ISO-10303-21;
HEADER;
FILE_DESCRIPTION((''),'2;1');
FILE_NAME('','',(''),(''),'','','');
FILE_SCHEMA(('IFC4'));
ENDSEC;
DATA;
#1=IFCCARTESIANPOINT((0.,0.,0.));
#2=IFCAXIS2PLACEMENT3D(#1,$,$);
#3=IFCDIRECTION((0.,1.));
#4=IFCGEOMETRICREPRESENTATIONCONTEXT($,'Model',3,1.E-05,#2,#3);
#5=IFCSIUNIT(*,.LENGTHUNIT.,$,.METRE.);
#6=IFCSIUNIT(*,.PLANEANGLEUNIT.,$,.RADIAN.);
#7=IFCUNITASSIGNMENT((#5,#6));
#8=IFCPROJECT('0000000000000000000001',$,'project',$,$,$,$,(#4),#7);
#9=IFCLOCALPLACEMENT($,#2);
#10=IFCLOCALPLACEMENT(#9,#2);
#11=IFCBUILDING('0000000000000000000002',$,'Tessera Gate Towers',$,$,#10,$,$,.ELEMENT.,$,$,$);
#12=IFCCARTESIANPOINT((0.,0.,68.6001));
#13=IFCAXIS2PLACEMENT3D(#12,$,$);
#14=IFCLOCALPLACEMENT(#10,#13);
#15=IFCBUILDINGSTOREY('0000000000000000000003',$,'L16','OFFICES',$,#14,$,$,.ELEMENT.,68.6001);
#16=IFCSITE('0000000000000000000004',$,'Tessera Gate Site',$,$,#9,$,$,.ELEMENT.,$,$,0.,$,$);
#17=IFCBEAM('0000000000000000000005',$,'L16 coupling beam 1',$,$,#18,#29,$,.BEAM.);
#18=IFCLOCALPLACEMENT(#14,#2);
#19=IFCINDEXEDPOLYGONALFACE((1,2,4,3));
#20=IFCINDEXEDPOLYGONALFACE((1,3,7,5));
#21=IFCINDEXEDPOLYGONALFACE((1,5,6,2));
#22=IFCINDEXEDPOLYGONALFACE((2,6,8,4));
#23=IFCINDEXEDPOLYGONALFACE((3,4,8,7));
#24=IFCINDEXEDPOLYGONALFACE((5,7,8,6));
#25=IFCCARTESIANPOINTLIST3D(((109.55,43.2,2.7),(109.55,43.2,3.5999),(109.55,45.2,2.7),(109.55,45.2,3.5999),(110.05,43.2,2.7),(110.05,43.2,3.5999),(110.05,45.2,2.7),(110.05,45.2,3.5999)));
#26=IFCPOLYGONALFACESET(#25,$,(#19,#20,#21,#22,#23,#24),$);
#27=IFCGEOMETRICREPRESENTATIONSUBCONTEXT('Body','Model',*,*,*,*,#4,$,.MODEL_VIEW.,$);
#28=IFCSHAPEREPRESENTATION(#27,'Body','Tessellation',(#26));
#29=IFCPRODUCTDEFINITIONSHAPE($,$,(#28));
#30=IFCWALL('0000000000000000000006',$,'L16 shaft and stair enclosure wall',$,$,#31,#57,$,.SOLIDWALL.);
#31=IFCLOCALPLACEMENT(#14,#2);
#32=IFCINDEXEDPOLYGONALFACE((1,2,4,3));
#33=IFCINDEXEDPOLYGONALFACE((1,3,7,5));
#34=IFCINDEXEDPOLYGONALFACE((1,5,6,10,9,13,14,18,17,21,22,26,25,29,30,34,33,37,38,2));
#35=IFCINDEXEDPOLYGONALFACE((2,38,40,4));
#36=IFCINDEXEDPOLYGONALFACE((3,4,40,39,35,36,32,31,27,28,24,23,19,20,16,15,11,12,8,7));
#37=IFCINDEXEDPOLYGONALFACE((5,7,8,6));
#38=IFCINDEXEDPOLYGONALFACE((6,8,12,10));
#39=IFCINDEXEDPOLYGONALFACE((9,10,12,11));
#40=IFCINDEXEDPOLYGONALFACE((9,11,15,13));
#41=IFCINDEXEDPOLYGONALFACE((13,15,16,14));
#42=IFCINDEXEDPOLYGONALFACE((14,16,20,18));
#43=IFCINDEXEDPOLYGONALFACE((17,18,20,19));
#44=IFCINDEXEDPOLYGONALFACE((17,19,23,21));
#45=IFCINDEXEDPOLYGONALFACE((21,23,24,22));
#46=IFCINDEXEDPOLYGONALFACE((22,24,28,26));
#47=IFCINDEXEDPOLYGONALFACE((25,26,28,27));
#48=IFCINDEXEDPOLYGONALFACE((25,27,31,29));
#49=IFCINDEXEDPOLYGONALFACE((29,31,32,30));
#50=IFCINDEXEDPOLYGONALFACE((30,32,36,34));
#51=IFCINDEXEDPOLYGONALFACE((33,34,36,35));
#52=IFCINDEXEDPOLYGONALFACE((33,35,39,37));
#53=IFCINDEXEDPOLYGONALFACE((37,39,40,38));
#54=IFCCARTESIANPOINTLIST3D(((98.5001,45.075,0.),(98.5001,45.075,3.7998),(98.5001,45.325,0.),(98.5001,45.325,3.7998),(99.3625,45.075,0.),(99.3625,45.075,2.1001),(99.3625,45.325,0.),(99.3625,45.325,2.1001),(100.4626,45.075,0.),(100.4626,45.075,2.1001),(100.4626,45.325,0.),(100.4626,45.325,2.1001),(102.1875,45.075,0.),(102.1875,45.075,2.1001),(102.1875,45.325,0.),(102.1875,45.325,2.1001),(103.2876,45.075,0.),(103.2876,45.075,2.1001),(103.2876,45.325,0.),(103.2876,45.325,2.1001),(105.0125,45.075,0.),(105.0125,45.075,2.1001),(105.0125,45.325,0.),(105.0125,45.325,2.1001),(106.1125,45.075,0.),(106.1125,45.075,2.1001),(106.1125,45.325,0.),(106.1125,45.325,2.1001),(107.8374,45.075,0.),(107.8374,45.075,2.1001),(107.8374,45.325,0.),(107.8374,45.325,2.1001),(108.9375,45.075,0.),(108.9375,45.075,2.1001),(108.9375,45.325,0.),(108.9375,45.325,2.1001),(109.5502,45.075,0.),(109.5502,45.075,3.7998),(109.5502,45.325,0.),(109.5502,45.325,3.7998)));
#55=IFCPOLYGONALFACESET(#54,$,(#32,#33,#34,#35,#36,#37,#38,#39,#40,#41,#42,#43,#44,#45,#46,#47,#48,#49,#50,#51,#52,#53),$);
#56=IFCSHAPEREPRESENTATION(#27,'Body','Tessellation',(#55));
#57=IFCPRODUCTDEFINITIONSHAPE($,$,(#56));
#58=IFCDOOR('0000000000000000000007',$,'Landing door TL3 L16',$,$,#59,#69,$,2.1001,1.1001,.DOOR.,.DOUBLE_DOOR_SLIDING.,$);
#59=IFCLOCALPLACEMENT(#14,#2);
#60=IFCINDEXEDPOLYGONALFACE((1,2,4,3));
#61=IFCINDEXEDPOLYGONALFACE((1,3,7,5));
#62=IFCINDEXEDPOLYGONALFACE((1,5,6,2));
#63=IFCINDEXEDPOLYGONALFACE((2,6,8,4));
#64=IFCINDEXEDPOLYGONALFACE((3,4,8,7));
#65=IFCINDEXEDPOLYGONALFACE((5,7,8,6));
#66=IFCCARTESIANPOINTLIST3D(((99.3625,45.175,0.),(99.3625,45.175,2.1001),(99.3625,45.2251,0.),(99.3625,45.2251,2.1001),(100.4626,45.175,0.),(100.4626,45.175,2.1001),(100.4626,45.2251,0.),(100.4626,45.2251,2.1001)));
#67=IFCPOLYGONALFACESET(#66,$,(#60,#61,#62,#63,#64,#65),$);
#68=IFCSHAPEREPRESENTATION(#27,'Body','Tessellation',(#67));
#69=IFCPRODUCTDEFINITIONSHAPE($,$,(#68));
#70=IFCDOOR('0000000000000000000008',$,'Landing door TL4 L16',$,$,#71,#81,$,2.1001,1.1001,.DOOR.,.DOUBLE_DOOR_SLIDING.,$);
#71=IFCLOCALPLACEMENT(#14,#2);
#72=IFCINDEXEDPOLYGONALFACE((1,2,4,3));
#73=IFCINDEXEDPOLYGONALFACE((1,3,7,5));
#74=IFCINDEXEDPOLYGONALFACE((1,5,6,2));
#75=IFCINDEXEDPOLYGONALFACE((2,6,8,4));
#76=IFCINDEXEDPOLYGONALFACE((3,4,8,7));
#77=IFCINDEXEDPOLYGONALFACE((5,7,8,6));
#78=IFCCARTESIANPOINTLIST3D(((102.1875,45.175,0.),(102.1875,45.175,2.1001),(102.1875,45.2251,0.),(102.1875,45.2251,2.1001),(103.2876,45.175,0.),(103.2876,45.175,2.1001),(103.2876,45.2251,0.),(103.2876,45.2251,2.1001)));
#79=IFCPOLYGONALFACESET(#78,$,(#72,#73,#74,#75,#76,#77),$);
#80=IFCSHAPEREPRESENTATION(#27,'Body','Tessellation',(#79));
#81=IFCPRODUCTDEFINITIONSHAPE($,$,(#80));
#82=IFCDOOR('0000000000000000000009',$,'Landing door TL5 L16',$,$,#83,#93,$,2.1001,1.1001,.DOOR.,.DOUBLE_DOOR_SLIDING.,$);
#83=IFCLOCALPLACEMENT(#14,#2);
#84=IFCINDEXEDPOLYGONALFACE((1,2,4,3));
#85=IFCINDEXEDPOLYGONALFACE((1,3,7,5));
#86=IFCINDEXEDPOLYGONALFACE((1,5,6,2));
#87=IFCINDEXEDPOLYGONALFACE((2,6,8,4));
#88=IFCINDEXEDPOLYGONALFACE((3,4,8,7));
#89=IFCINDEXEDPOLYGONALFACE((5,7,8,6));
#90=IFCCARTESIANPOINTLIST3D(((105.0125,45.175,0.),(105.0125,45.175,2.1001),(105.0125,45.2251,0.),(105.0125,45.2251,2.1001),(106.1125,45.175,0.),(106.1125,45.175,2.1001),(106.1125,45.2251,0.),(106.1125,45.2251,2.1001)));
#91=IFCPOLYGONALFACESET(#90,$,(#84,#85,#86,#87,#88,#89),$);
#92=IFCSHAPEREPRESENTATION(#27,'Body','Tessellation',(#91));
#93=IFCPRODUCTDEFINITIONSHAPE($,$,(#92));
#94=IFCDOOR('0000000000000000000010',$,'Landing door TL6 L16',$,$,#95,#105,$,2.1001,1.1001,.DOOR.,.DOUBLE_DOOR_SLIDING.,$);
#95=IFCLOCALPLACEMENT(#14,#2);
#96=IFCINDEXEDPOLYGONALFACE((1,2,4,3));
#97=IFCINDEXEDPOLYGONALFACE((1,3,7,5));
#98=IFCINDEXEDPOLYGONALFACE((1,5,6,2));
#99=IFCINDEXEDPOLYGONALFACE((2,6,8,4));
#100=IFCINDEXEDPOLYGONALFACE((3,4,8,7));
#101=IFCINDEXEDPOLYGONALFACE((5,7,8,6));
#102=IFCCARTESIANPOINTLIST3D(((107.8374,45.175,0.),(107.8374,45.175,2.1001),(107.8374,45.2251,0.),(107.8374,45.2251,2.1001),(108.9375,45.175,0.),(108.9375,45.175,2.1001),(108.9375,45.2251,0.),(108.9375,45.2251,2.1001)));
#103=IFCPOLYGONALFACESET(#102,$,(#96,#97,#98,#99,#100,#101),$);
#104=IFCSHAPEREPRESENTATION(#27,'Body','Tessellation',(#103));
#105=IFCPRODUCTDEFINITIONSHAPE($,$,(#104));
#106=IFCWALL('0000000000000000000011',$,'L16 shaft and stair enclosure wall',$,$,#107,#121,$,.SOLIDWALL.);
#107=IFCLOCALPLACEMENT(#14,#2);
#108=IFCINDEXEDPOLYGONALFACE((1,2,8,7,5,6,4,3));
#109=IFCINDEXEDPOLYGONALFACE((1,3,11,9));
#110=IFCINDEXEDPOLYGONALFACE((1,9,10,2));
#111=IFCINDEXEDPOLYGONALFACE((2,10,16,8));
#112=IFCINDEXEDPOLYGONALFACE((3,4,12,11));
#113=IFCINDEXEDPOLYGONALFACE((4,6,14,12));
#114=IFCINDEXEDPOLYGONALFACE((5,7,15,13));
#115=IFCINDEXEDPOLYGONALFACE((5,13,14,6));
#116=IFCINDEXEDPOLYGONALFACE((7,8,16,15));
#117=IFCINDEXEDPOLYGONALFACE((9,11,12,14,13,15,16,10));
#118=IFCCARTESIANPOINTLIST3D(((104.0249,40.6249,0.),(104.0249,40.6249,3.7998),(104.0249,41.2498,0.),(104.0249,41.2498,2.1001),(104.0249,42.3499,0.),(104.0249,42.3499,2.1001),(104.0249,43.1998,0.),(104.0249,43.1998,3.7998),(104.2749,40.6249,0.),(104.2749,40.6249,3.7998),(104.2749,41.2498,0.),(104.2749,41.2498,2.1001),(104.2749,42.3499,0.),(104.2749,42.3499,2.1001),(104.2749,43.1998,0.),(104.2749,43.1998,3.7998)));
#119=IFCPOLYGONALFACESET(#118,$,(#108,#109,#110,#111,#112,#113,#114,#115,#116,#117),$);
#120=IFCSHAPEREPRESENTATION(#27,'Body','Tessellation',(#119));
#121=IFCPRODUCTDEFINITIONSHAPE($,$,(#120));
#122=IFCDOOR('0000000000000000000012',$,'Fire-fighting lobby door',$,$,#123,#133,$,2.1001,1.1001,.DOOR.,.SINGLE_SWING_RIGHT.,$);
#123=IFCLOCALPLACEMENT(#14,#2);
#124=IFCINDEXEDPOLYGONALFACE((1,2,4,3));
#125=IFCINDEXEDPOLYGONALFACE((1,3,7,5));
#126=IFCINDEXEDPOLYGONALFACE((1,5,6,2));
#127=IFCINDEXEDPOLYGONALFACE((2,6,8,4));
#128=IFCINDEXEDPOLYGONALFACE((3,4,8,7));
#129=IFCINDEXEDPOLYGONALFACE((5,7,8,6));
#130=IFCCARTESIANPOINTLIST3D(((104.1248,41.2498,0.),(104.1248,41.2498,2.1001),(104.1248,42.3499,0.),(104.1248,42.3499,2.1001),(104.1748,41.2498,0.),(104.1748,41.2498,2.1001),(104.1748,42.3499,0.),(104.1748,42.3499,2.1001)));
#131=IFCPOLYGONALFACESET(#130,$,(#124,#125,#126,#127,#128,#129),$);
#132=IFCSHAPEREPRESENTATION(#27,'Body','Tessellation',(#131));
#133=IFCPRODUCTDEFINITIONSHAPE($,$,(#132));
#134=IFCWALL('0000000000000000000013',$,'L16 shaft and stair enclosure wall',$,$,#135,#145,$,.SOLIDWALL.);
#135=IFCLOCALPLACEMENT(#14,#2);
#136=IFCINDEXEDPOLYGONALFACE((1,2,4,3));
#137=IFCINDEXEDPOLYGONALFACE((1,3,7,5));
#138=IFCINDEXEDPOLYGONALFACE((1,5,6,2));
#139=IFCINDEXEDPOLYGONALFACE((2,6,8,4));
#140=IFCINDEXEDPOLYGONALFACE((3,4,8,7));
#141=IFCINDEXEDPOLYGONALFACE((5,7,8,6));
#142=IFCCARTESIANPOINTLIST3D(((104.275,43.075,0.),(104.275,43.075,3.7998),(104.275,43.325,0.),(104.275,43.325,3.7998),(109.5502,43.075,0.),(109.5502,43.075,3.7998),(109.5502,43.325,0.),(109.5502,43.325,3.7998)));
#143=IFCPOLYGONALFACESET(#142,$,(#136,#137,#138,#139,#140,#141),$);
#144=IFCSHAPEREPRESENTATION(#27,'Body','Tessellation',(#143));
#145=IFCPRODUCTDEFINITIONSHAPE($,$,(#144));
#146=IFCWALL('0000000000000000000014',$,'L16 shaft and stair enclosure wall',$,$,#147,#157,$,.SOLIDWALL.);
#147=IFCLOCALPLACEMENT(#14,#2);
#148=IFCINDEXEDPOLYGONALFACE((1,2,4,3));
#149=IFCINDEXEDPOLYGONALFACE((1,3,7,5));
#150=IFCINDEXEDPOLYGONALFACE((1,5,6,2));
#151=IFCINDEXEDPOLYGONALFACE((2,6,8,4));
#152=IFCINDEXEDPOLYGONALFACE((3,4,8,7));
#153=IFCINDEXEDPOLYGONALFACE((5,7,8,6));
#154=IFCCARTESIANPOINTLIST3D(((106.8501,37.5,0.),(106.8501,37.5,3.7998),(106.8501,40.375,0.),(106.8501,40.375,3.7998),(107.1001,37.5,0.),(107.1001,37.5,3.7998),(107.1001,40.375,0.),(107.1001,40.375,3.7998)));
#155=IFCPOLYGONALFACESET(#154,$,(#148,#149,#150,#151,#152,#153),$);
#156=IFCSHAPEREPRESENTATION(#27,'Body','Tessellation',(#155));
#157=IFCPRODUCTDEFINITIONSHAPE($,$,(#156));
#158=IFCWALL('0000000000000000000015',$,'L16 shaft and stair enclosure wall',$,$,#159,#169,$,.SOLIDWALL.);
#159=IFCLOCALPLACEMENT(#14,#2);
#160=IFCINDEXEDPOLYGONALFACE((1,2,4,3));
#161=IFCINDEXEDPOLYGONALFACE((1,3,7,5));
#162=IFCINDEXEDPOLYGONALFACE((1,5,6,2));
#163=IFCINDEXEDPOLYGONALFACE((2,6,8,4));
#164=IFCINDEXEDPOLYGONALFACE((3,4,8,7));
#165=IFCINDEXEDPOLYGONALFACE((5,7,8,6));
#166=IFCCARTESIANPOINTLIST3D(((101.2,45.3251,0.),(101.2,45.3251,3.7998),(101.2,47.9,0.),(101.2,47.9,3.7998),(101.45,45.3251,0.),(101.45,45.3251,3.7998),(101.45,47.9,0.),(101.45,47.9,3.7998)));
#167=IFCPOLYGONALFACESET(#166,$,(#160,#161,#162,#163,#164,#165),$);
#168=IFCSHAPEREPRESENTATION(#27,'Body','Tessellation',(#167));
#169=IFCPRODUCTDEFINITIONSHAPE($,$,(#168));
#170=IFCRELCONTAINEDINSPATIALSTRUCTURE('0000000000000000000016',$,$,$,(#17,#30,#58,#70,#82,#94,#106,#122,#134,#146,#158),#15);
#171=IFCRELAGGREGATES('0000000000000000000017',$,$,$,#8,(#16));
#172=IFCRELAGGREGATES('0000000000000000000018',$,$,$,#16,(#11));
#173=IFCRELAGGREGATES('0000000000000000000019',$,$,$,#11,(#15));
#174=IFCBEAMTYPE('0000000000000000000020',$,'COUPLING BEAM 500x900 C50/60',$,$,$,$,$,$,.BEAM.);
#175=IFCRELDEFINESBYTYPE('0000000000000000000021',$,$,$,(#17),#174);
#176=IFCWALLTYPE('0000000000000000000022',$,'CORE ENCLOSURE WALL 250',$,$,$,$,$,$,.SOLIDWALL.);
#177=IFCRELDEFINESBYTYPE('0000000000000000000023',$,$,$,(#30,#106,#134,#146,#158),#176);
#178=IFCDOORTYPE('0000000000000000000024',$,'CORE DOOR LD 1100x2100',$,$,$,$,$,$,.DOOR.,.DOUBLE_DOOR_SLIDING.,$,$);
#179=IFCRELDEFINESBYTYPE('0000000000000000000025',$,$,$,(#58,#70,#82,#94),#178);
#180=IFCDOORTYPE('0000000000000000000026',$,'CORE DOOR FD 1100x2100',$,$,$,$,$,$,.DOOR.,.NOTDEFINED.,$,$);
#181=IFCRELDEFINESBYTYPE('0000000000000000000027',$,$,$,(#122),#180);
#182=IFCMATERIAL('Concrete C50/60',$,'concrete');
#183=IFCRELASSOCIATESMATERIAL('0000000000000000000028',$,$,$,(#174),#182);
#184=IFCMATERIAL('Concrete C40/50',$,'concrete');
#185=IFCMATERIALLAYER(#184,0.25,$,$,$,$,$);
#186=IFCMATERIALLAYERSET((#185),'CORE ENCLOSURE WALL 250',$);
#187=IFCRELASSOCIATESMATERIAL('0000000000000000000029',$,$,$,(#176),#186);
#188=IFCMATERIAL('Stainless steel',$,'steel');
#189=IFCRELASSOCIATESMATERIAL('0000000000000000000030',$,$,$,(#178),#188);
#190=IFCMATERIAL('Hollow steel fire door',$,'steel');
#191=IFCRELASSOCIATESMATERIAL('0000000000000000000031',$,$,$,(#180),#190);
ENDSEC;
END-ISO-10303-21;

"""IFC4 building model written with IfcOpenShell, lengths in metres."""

from ifc_helpers import new_model, si_unit, direction, frame, frame_2d, origin, origin_2d, place, context, subcontext, project, spatial, rectangle, extrude, source, transform, mapped, material, layer, layer_set, material_profile, profile_set, type_object, element, fill, save


model = new_model("IFC4")

# Units and contexts
model_context = context("Model", 3, precision=1e-05, world=origin(), true_north=direction((0.0, 1.0)))
body_context = subcontext(model_context, "Body", "Model", "MODEL_VIEW")
ifc_project = project(units=[si_unit("LENGTHUNIT", "METRE"), si_unit("PLANEANGLEUNIT", "RADIAN")], contexts=[model_context])

# Site, building, storey
site_placement = place(None, origin())
site = spatial("IfcSite", under=ifc_project, at=site_placement, Name="Tessera Gate Site", CompositionType="ELEMENT", RefElevation=0.0)
building_placement = place(site_placement, origin())
building = spatial("IfcBuilding", under=site, at=building_placement, Name="Tessera Gate Towers", CompositionType="ELEMENT")
storey_placement = place(building_placement, frame((0.0, 0.0, 68.6001)))
storey = spatial("IfcBuildingStorey", under=building, at=storey_placement, Name="L16", Description="OFFICES", CompositionType="ELEMENT", Elevation=68.6001)

# Beam
ifc_material_1 = material(Name="Concrete C50/60", Category="concrete")
ifc_material_profile = material_profile(ifc_material_1, rectangle(XDim=0.5, YDim=0.8999, at=origin_2d()), Name="RC 500x900")
ifc_profile_set = profile_set([ifc_material_profile], Name="Concrete C50/60")
beam_type = type_object("IfcBeamType", Name="COUPLING BEAM 500x900 C50/60", PredefinedType="BEAM", material=ifc_profile_set)
beam_placement = place(storey_placement, frame((109.8, 43.2, 3.1499), z_axis=(0.0, 1.0, 0.0), x_axis=(-1.0, 0.0, 0.0)))
element("IfcBeam", 1, at=beam_placement, inside=storey, type_object=beam_type, Name="L16 coupling beam 1", PredefinedType="BEAM", context=body_context, shape_type="SweptSolid", body=[
    extrude(rectangle(XDim=0.5, YDim=0.8999, at=origin_2d()), origin(), (0.0, 0.0, 1.0), 2.0),
])

# Wall, openings, doors
ifc_material_2 = material(Name="Concrete C40/50", Category="concrete")
ifc_layer_1 = layer(ifc_material_2, 0.25)
ifc_layer_set_1 = layer_set([ifc_layer_1], Name="CORE ENCLOSURE WALL 250")
wall_type_1 = type_object("IfcWallType", Name="CORE ENCLOSURE WALL 250", PredefinedType="SOLIDWALL", material=ifc_layer_set_1)
wall_1_placement = place(storey_placement, frame((109.55, 45.2, 0.0), z_axis=(0.0, 0.0, 1.0), x_axis=(-1.0, 0.0, 0.0)))
wall_1 = element("IfcWall", 2, at=wall_1_placement, inside=storey, type_object=wall_type_1, Name="L16 shaft and stair enclosure wall", PredefinedType="SOLIDWALL", context=body_context, shape_type="SweptSolid", body=[
    extrude(rectangle(XDim=11.05, YDim=0.25, at=frame_2d((5.5249, 0.0))), origin(), (0.0, 0.0, 1.0), 3.7998),
])
shared_shape_1 = source(origin(), body_context, "Body", "SweptSolid", [
    extrude(rectangle(XDim=1.1001, YDim=2.1001, at=frame_2d((0.55, 1.05))), frame((0.0, 0.135, 0.0), z_axis=(0.0, -1.0, 0.0), x_axis=(1.0, 0.0, 0.0)), (0.0, 0.0, 1.0), 0.27),
])
opening_1_placement = place(wall_1_placement, frame((9.0874, 0.0, 0.0)))
opening_1 = element("IfcOpeningElement", 3, at=opening_1_placement, cuts=wall_1, PredefinedType="OPENING", context=body_context, shape_type="MappedRepresentation", body=[
    mapped(shared_shape_1, transform((0.0, 0.0, 0.0), scale=1.0)),
])
opening_2_placement = place(wall_1_placement, frame((6.2625, 0.0, 0.0)))
opening_2 = element("IfcOpeningElement", 4, at=opening_2_placement, cuts=wall_1, PredefinedType="OPENING", context=body_context, shape_type="MappedRepresentation", body=[
    mapped(shared_shape_1, transform((0.0, 0.0, 0.0), scale=1.0)),
])
opening_3_placement = place(wall_1_placement, frame((3.4375, 0.0, 0.0)))
opening_3 = element("IfcOpeningElement", 5, at=opening_3_placement, cuts=wall_1, PredefinedType="OPENING", context=body_context, shape_type="MappedRepresentation", body=[
    mapped(shared_shape_1, transform((0.0, 0.0, 0.0), scale=1.0)),
])
opening_4_placement = place(wall_1_placement, frame((0.6125, 0.0, 0.0)))
opening_4 = element("IfcOpeningElement", 6, at=opening_4_placement, cuts=wall_1, PredefinedType="OPENING", context=body_context, shape_type="MappedRepresentation", body=[
    mapped(shared_shape_1, transform((0.0, 0.0, 0.0), scale=1.0)),
])
ifc_material_3 = material(Name="Stainless steel", Category="steel")
door_type_1 = type_object("IfcDoorType", Name="CORE DOOR LD 1100x2100", OperationType="DOUBLE_DOOR_SLIDING", PredefinedType="DOOR", material=ifc_material_3)
shared_shape_2 = source(origin(), body_context, "Body", "SweptSolid", [
    extrude(rectangle(XDim=1.1001, YDim=2.1001, at=frame_2d((0.55, 1.05))), frame((0.0, 0.0249, 0.0), z_axis=(0.0, -1.0, 0.0), x_axis=(1.0, 0.0, 0.0)), (0.0, 0.0, 1.0), 0.05),
])
door_1_placement = place(opening_1_placement, origin())
door_1 = element("IfcDoor", 7, at=door_1_placement, inside=storey, type_object=door_type_1, Name="Landing door TL3 L16", OperationType="DOUBLE_DOOR_SLIDING", OverallHeight=2.1001, OverallWidth=1.1001, PredefinedType="DOOR", context=body_context, shape_type="MappedRepresentation", body=[
    mapped(shared_shape_2, transform((0.0, 0.0, 0.0), scale=1.0)),
])
fill(opening_1, door_1)
door_2_placement = place(opening_2_placement, origin())
door_2 = element("IfcDoor", 8, at=door_2_placement, inside=storey, type_object=door_type_1, Name="Landing door TL4 L16", OperationType="DOUBLE_DOOR_SLIDING", OverallHeight=2.1001, OverallWidth=1.1001, PredefinedType="DOOR", context=body_context, shape_type="MappedRepresentation", body=[
    mapped(shared_shape_2, transform((0.0, 0.0, 0.0), scale=1.0)),
])
fill(opening_2, door_2)
door_3_placement = place(opening_3_placement, origin())
door_3 = element("IfcDoor", 9, at=door_3_placement, inside=storey, type_object=door_type_1, Name="Landing door TL5 L16", OperationType="DOUBLE_DOOR_SLIDING", OverallHeight=2.1001, OverallWidth=1.1001, PredefinedType="DOOR", context=body_context, shape_type="MappedRepresentation", body=[
    mapped(shared_shape_2, transform((0.0, 0.0, 0.0), scale=1.0)),
])
fill(opening_3, door_3)
door_4_placement = place(opening_4_placement, origin())
door_4 = element("IfcDoor", 10, at=door_4_placement, inside=storey, type_object=door_type_1, Name="Landing door TL6 L16", OperationType="DOUBLE_DOOR_SLIDING", OverallHeight=2.1001, OverallWidth=1.1001, PredefinedType="DOOR", context=body_context, shape_type="MappedRepresentation", body=[
    mapped(shared_shape_2, transform((0.0, 0.0, 0.0), scale=1.0)),
])
fill(opening_4, door_4)

# Wall, opening, door
wall_2_placement = place(storey_placement, frame((104.1499, 43.2, 0.0), z_axis=(0.0, 0.0, 1.0), x_axis=(0.0, -1.0, 0.0)))
wall_2 = element("IfcWall", 11, at=wall_2_placement, inside=storey, type_object=wall_type_1, Name="L16 shaft and stair enclosure wall", PredefinedType="SOLIDWALL", context=body_context, shape_type="SweptSolid", body=[
    extrude(rectangle(XDim=2.575, YDim=0.25, at=frame_2d((1.2876, 0.0))), origin(), (0.0, 0.0, 1.0), 3.7998),
])
opening_5_placement = place(wall_2_placement, frame((0.8501, 0.0, 0.0)))
opening_5 = element("IfcOpeningElement", 12, at=opening_5_placement, cuts=wall_2, PredefinedType="OPENING", context=body_context, shape_type="MappedRepresentation", body=[
    mapped(shared_shape_1, transform((0.0, 0.0, 0.0), scale=1.0)),
])
ifc_material_4 = material(Name="Hollow steel fire door", Category="steel")
door_type_2 = type_object("IfcDoorType", Name="CORE DOOR FD 1100x2100", OperationType="NOTDEFINED", PredefinedType="DOOR", material=ifc_material_4)
door_5_placement = place(opening_5_placement, origin())
door_5 = element("IfcDoor", 13, at=door_5_placement, inside=storey, type_object=door_type_2, Name="Fire-fighting lobby door", OperationType="SINGLE_SWING_RIGHT", OverallHeight=2.1001, OverallWidth=1.1001, PredefinedType="DOOR", context=body_context, shape_type="MappedRepresentation", body=[
    mapped(shared_shape_2, transform((0.0, 0.0, 0.0), scale=1.0)),
])
fill(opening_5, door_5)

# Walls
wall_3_placement = place(storey_placement, frame((104.2749, 43.2, 0.0), z_axis=(0.0, 0.0, 1.0), x_axis=(1.0, 0.0, 0.0)))
element("IfcWall", 14, at=wall_3_placement, inside=storey, type_object=wall_type_1, Name="L16 shaft and stair enclosure wall", PredefinedType="SOLIDWALL", context=body_context, shape_type="SweptSolid", body=[
    extrude(rectangle(XDim=5.2751, YDim=0.25, at=frame_2d((2.6377, 0.0))), origin(), (0.0, 0.0, 1.0), 3.7998),
])
wall_4_placement = place(storey_placement, frame((106.9751, 37.5, 0.0), z_axis=(0.0, 0.0, 1.0), x_axis=(0.0, 1.0, 0.0)))
element("IfcWall", 15, at=wall_4_placement, inside=storey, type_object=wall_type_1, Name="L16 shaft and stair enclosure wall", PredefinedType="SOLIDWALL", context=body_context, shape_type="SweptSolid", body=[
    extrude(rectangle(XDim=2.875, YDim=0.25, at=frame_2d((1.4375, 0.0))), origin(), (0.0, 0.0, 1.0), 3.7998),
])
wall_5_placement = place(storey_placement, frame((101.325, 45.325, 0.0), z_axis=(0.0, 0.0, 1.0), x_axis=(0.0, 1.0, 0.0)))
element("IfcWall", 16, at=wall_5_placement, inside=storey, type_object=wall_type_1, Name="L16 shaft and stair enclosure wall", PredefinedType="SOLIDWALL", context=body_context, shape_type="SweptSolid", body=[
    extrude(rectangle(XDim=2.575, YDim=0.25, at=frame_2d((1.2876, 0.0))), origin(), (0.0, 0.0, 1.0), 3.7998),
])

save(model, "model.ifc")
